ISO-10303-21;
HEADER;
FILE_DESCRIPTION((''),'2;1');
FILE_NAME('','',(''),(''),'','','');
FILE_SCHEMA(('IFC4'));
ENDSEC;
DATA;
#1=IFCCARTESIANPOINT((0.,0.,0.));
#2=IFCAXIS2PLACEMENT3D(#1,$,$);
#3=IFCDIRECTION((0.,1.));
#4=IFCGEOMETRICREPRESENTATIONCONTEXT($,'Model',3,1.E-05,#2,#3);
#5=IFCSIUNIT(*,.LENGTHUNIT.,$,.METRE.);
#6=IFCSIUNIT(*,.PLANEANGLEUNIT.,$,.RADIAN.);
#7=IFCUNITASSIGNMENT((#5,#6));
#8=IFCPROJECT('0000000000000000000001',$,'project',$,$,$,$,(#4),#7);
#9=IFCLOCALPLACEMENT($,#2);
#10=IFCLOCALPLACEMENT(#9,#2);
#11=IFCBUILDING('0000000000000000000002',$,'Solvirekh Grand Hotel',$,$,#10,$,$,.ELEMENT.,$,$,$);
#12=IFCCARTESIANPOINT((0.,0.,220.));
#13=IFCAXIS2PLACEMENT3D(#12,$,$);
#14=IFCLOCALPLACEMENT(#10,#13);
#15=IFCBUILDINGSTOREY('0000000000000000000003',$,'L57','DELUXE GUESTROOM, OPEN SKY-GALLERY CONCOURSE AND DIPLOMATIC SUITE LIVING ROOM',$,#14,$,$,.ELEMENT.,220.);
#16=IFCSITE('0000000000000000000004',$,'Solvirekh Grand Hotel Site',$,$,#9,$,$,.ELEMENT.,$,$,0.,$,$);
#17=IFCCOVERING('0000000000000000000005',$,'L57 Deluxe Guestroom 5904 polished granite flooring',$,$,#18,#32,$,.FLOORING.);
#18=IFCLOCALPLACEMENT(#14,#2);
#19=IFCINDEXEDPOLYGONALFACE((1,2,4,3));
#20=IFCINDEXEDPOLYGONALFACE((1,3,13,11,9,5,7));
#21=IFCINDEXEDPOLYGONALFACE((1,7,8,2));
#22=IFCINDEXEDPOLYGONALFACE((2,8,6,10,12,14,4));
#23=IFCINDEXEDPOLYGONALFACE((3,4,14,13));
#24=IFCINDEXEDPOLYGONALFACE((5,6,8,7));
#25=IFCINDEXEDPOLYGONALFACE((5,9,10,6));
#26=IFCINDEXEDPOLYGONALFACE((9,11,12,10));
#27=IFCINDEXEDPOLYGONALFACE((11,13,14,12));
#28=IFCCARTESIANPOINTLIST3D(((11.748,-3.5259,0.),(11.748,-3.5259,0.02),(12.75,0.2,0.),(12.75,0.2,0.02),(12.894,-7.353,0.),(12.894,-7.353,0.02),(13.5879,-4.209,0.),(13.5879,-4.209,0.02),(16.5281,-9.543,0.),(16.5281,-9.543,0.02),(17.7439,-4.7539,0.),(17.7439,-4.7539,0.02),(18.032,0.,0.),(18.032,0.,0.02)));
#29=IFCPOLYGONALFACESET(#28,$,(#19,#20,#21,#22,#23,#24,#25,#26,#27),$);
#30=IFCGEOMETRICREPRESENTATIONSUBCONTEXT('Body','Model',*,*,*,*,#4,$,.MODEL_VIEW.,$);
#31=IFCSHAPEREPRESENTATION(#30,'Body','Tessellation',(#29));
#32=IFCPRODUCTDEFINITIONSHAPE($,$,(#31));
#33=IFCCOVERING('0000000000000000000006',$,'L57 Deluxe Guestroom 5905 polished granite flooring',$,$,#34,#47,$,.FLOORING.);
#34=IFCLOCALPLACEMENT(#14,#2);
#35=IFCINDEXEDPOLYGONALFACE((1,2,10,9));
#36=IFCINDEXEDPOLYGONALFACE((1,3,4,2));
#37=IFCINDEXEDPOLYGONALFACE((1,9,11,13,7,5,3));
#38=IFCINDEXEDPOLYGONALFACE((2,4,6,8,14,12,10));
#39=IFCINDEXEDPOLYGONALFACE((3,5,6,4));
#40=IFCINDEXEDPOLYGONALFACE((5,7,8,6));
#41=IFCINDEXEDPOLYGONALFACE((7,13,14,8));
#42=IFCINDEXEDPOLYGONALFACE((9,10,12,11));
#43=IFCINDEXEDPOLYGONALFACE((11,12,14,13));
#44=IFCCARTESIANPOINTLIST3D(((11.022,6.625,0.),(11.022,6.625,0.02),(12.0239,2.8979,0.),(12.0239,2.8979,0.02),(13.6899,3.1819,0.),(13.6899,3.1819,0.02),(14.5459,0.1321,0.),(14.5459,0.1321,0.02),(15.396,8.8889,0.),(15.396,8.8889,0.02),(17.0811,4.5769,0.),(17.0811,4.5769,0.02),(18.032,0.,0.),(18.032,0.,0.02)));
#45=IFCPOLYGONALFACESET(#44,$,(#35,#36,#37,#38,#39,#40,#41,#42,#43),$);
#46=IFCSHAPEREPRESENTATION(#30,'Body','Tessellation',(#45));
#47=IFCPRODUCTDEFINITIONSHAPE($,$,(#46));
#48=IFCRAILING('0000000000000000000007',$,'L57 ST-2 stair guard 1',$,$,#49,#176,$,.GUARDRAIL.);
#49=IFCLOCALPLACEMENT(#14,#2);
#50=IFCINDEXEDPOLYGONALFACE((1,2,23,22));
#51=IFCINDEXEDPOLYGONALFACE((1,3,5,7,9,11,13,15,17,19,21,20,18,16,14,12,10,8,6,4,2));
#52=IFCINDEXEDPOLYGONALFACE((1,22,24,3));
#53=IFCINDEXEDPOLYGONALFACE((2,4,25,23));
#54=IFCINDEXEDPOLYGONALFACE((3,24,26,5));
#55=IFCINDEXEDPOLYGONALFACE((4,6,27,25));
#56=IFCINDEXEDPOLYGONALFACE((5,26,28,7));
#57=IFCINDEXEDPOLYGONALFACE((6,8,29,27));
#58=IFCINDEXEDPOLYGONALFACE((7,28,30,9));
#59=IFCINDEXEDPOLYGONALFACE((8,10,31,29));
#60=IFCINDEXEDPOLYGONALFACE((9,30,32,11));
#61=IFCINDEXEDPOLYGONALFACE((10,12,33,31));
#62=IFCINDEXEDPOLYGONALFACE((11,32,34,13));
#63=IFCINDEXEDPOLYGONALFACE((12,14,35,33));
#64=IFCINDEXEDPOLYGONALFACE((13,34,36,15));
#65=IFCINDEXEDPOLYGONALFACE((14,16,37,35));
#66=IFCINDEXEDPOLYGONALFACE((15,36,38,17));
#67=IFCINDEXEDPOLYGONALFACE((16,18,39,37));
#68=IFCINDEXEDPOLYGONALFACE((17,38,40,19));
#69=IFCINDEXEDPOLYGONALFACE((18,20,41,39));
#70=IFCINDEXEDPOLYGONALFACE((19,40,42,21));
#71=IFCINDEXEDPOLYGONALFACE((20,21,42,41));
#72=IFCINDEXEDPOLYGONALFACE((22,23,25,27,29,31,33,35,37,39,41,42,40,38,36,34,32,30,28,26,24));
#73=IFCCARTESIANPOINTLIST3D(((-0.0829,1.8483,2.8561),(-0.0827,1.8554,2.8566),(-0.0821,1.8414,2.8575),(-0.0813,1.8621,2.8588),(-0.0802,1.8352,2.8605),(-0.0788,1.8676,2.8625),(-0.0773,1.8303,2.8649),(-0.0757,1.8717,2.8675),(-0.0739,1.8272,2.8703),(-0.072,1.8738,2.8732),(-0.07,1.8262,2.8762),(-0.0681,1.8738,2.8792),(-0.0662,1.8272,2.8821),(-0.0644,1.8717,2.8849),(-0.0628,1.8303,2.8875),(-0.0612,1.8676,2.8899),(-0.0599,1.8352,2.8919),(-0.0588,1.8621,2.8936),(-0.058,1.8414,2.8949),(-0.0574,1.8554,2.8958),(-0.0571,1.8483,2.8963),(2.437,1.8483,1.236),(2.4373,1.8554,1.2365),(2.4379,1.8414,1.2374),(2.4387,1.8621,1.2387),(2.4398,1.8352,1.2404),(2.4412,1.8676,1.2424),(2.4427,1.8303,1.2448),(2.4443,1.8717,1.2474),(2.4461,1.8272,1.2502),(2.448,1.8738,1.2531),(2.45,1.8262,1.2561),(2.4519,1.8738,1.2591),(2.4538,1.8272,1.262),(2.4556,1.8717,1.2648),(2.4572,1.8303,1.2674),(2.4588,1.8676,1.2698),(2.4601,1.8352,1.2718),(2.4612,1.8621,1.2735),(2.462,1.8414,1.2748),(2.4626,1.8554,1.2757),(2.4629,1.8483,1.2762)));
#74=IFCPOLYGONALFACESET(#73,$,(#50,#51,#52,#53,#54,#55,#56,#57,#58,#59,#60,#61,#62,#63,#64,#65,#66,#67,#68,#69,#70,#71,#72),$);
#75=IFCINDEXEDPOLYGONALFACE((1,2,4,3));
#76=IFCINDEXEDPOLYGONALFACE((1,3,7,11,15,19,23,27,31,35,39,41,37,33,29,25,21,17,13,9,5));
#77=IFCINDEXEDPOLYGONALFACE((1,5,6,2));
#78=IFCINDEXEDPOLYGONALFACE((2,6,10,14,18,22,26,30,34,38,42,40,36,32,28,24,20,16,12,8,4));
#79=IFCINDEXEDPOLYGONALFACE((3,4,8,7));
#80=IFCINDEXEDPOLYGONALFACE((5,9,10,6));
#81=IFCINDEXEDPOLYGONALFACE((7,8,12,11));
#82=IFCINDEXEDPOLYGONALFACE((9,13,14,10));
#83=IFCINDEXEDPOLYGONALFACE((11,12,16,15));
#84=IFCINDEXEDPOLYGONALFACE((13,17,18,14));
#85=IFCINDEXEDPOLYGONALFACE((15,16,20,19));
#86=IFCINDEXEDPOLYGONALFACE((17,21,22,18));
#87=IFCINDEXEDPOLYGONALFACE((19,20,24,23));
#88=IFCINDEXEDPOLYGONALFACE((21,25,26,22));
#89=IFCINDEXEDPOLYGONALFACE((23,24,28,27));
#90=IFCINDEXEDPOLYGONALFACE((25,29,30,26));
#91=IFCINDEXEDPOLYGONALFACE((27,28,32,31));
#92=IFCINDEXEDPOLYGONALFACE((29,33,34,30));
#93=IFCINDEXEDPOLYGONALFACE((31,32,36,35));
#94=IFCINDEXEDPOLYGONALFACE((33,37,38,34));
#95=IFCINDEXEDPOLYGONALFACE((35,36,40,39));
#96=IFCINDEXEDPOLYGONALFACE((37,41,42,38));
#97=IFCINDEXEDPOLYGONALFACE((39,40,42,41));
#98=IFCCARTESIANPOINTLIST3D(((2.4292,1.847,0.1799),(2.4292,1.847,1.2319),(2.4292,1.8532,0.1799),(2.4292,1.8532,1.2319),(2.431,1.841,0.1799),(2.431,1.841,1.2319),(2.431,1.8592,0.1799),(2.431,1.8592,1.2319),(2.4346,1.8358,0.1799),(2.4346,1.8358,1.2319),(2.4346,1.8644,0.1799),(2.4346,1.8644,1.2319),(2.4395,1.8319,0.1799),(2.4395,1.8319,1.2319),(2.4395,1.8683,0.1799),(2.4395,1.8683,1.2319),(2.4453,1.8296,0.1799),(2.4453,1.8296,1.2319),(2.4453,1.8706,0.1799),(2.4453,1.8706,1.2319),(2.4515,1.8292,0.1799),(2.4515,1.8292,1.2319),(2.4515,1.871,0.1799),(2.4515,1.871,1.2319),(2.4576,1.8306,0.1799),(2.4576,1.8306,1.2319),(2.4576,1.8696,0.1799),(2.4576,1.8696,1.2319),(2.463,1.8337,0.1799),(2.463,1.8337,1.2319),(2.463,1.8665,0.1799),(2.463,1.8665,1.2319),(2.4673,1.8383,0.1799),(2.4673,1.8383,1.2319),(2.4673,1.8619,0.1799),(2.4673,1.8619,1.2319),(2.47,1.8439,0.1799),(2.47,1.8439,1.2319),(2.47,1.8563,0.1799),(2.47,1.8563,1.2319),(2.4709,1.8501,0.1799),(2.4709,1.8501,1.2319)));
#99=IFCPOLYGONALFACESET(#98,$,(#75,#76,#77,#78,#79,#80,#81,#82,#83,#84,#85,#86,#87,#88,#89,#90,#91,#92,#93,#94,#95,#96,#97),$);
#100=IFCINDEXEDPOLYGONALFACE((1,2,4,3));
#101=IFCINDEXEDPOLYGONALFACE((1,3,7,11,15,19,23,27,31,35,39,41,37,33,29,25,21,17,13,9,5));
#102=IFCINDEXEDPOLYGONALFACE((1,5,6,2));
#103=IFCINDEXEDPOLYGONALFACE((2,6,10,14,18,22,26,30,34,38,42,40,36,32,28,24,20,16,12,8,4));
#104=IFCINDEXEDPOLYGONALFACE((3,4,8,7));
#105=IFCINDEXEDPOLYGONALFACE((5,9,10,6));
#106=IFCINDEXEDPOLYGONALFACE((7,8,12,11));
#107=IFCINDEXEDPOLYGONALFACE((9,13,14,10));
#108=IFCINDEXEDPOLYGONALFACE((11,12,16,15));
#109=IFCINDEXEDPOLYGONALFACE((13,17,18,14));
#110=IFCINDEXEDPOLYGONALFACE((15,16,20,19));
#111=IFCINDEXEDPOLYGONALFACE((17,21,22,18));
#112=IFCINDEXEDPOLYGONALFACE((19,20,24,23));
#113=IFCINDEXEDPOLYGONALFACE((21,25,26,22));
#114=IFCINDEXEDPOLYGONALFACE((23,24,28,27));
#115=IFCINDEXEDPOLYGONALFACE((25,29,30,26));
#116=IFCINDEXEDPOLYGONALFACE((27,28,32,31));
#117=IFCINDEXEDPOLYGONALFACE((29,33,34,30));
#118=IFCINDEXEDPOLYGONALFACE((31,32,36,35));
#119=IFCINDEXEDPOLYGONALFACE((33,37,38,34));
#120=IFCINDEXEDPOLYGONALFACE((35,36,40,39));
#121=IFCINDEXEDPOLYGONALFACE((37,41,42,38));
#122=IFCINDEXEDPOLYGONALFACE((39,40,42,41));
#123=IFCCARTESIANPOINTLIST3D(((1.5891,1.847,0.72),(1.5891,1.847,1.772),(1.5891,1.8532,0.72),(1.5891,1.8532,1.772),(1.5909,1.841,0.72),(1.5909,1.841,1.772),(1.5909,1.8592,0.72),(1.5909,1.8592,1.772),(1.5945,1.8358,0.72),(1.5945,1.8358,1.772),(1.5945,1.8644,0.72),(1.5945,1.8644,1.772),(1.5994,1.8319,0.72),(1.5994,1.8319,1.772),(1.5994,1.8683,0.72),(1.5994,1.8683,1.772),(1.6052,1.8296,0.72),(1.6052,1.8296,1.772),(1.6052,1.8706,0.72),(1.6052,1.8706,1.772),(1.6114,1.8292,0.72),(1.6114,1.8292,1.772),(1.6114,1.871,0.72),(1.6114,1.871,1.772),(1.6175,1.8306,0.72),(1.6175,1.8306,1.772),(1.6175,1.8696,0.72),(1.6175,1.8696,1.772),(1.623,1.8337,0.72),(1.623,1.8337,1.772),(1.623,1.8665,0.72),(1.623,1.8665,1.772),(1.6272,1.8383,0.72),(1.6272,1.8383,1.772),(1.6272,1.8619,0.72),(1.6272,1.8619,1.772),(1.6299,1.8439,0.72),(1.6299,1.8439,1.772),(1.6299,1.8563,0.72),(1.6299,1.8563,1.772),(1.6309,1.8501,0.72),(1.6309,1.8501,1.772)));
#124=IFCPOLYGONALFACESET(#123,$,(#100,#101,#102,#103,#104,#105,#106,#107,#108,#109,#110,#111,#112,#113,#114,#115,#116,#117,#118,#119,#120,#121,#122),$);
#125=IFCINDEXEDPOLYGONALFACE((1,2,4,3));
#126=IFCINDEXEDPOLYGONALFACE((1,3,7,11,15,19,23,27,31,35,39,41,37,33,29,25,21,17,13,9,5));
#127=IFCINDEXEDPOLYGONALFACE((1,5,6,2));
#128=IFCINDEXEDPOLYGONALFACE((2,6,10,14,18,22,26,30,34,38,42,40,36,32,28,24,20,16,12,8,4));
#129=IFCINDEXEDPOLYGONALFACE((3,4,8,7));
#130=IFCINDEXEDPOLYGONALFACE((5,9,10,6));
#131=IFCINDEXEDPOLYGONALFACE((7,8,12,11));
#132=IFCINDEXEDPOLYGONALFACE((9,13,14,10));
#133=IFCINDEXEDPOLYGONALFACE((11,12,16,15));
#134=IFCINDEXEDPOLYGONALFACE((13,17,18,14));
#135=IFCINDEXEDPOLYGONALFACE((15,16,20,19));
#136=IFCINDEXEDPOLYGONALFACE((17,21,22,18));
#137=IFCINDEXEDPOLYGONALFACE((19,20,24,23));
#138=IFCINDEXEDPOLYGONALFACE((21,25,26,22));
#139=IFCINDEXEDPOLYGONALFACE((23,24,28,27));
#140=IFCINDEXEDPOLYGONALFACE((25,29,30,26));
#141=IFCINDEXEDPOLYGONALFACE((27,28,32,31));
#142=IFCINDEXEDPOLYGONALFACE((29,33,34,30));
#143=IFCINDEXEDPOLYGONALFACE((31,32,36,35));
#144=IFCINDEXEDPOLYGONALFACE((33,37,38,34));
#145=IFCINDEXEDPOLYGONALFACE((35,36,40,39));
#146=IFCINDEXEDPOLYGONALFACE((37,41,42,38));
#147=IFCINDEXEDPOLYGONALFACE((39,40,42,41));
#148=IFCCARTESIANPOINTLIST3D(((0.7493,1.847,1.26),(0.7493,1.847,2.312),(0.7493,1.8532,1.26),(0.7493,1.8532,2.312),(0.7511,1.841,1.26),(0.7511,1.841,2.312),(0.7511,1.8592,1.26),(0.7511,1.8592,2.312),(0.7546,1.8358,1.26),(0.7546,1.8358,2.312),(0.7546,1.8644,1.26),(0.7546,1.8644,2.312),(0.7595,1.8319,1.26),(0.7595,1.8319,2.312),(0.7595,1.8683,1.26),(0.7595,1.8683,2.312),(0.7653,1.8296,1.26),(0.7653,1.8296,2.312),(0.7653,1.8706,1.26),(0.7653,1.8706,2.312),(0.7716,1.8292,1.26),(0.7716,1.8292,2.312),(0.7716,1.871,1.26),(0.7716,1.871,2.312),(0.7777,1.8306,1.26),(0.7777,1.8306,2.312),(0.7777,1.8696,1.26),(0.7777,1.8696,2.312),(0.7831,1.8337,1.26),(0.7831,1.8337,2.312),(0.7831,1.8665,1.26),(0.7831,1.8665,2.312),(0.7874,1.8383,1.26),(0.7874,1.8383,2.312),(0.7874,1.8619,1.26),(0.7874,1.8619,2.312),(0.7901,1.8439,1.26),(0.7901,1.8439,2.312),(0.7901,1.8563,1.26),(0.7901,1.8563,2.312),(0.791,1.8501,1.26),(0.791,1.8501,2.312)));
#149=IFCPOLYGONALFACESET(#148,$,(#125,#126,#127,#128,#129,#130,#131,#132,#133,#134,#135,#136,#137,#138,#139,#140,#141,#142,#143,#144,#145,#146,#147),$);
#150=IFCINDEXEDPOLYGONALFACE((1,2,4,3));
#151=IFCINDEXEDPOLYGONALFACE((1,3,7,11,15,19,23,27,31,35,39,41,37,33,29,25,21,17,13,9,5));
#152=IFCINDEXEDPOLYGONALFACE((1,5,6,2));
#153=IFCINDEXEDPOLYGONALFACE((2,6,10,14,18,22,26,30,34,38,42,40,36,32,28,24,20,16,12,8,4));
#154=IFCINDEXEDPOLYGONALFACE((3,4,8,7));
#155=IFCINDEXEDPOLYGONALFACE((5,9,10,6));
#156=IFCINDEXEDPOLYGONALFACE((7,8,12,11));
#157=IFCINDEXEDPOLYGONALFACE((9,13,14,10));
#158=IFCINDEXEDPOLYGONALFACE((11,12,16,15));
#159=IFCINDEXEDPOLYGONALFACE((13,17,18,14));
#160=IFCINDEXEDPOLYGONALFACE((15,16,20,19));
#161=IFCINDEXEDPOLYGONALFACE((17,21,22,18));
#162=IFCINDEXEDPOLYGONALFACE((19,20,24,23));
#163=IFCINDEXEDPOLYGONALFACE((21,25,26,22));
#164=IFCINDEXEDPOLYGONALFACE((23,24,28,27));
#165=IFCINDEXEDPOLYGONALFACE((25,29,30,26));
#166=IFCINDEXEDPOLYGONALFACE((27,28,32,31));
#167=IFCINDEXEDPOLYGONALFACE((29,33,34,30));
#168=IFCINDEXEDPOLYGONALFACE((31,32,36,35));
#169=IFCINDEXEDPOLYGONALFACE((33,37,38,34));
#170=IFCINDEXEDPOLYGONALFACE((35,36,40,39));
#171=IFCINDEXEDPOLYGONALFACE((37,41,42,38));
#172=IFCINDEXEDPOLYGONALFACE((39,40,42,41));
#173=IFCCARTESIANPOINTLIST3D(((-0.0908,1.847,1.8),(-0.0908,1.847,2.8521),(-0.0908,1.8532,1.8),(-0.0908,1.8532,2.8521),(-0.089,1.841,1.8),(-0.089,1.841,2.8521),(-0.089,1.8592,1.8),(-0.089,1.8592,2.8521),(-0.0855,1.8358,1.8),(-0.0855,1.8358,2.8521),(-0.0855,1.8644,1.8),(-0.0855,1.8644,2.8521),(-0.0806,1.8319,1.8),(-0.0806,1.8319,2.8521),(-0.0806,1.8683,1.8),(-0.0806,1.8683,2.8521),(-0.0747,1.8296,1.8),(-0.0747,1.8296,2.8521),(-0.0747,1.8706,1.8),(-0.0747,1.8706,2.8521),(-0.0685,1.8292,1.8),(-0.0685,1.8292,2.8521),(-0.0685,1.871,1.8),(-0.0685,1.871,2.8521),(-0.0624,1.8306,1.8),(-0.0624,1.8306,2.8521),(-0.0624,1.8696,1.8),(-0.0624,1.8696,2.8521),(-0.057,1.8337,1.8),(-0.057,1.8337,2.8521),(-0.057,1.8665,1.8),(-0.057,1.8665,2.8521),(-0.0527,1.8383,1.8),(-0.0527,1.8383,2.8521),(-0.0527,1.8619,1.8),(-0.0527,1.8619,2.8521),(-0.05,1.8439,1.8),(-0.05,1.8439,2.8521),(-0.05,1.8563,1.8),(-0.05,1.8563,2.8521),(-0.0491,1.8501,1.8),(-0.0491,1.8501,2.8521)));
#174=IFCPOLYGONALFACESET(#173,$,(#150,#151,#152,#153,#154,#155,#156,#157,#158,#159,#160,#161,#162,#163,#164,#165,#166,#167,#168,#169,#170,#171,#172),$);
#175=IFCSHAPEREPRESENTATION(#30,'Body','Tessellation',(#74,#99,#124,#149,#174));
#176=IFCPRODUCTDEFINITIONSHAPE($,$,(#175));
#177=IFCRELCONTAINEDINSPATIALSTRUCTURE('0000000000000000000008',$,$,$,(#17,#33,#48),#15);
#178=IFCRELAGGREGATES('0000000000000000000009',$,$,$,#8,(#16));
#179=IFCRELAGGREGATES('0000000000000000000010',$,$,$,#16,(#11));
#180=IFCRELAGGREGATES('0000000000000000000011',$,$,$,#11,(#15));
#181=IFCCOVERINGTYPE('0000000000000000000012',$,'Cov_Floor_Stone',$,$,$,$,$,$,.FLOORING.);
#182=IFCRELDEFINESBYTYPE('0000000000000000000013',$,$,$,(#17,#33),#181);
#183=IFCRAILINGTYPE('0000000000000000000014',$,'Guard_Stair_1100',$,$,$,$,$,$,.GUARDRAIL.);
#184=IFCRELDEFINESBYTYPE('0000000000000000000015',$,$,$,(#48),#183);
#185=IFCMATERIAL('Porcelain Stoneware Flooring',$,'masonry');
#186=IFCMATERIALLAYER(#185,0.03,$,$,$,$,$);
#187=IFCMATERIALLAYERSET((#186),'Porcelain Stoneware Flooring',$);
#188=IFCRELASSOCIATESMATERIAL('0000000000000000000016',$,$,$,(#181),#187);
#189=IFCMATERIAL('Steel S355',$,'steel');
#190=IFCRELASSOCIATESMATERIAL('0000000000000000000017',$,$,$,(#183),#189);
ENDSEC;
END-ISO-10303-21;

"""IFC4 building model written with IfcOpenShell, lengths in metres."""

from ifc_helpers import new_model, si_unit, direction, frame, origin, origin_2d, place, context, subcontext, project, spatial, polyline, circle, outline, extrude, material, layer, layer_set, type_object, element, save


model = new_model("IFC4")

# Units and contexts
model_context = context("Model", 3, precision=1e-05, world=origin(), true_north=direction((0.0, 1.0)))
body_context = subcontext(model_context, "Body", "Model", "MODEL_VIEW")
ifc_project = project(units=[si_unit("LENGTHUNIT", "METRE"), si_unit("PLANEANGLEUNIT", "RADIAN")], contexts=[model_context])

# Site, building, storey
site_placement = place(None, origin())
site = spatial("IfcSite", under=ifc_project, at=site_placement, Name="Solvirekh Grand Hotel Site", CompositionType="ELEMENT", RefElevation=0.0)
building_placement = place(site_placement, origin())
building = spatial("IfcBuilding", under=site, at=building_placement, Name="Solvirekh Grand Hotel", CompositionType="ELEMENT")
storey_placement = place(building_placement, frame((0.0, 0.0, 220.0)))
storey = spatial("IfcBuildingStorey", under=building, at=storey_placement, Name="L57", Description="DELUXE GUESTROOM, OPEN SKY-GALLERY CONCOURSE AND DIPLOMATIC SUITE LIVING ROOM", CompositionType="ELEMENT", Elevation=220.0)

# Coverings
ifc_material_1 = material(Name="Porcelain Stoneware Flooring", Category="masonry")
ifc_layer_1 = layer(ifc_material_1, 0.03)
ifc_layer_set_1 = layer_set([ifc_layer_1], Name="Porcelain Stoneware Flooring")
covering_type_1 = type_object("IfcCoveringType", Name="Cov_Floor_Stone", PredefinedType="FLOORING", material=ifc_layer_set_1)
covering_1_placement = place(storey_placement, origin())
element("IfcCovering", 1, at=covering_1_placement, inside=storey, type_object=covering_type_1, Name="L57 Deluxe Guestroom 5904 polished granite flooring", PredefinedType="FLOORING", context=body_context, shape_type="SweptSolid", body=[
    extrude(outline(polyline([(13.5879, -4.209), (12.894, -7.353), (16.5281, -9.543), (17.7439, -4.7539), (18.032, 0.0), (12.75, 0.2), (11.748, -3.5259), (13.5879, -4.209)])), origin(), (0.0, 0.0, 1.0), 0.02),
])
covering_2_placement = place(storey_placement, origin())
element("IfcCovering", 2, at=covering_2_placement, inside=storey, type_object=covering_type_1, Name="L57 Deluxe Guestroom 5905 polished granite flooring", PredefinedType="FLOORING", context=body_context, shape_type="SweptSolid", body=[
    extrude(outline(polyline([(13.6899, 3.1819), (14.5459, 0.1321), (18.032, 0.0), (17.0811, 4.5769), (15.396, 8.8889), (11.022, 6.625), (12.0239, 2.8979), (13.6899, 3.1819)])), origin(), (0.0, 0.0, 1.0), 0.02),
])

# Railing
ifc_material_2 = material(Name="Steel S355", Category="steel")
railing_type_1 = type_object("IfcRailingType", Name="Guard_Stair_1100", PredefinedType="GUARDRAIL", material=ifc_material_2)
railing_1_placement = place(storey_placement, frame((2.45, 1.8501, 0.1799)))
element("IfcRailing", 3, at=railing_1_placement, inside=storey, type_object=railing_type_1, Name="L57 ST-2 stair guard 1", PredefinedType="GUARDRAIL", context=body_context, shape_type="SweptSolid", body=[
    extrude(circle(Radius=0.0239, at=origin_2d()), frame((0.0, 0.0, 1.0762), z_axis=(-0.841163, 0.0, 0.540782), x_axis=(0.0, -1.0, 0.0)), (0.0, 0.0, 1.0), 2.9958),
    extrude(circle(Radius=0.021, at=origin_2d()), origin(), (0.0, 0.0, 1.0), 1.052),
    extrude(circle(Radius=0.021, at=origin_2d()), frame((-0.8401, 0.0, 0.54)), (0.0, 0.0, 1.0), 1.052),
    extrude(circle(Radius=0.021, at=origin_2d()), frame((-1.6799, 0.0, 1.0801)), (0.0, 0.0, 1.0), 1.052),
    extrude(circle(Radius=0.021, at=origin_2d()), frame((-2.52, 0.0, 1.6201)), (0.0, 0.0, 1.0), 1.052),
])

save(model, "model.ifc")
